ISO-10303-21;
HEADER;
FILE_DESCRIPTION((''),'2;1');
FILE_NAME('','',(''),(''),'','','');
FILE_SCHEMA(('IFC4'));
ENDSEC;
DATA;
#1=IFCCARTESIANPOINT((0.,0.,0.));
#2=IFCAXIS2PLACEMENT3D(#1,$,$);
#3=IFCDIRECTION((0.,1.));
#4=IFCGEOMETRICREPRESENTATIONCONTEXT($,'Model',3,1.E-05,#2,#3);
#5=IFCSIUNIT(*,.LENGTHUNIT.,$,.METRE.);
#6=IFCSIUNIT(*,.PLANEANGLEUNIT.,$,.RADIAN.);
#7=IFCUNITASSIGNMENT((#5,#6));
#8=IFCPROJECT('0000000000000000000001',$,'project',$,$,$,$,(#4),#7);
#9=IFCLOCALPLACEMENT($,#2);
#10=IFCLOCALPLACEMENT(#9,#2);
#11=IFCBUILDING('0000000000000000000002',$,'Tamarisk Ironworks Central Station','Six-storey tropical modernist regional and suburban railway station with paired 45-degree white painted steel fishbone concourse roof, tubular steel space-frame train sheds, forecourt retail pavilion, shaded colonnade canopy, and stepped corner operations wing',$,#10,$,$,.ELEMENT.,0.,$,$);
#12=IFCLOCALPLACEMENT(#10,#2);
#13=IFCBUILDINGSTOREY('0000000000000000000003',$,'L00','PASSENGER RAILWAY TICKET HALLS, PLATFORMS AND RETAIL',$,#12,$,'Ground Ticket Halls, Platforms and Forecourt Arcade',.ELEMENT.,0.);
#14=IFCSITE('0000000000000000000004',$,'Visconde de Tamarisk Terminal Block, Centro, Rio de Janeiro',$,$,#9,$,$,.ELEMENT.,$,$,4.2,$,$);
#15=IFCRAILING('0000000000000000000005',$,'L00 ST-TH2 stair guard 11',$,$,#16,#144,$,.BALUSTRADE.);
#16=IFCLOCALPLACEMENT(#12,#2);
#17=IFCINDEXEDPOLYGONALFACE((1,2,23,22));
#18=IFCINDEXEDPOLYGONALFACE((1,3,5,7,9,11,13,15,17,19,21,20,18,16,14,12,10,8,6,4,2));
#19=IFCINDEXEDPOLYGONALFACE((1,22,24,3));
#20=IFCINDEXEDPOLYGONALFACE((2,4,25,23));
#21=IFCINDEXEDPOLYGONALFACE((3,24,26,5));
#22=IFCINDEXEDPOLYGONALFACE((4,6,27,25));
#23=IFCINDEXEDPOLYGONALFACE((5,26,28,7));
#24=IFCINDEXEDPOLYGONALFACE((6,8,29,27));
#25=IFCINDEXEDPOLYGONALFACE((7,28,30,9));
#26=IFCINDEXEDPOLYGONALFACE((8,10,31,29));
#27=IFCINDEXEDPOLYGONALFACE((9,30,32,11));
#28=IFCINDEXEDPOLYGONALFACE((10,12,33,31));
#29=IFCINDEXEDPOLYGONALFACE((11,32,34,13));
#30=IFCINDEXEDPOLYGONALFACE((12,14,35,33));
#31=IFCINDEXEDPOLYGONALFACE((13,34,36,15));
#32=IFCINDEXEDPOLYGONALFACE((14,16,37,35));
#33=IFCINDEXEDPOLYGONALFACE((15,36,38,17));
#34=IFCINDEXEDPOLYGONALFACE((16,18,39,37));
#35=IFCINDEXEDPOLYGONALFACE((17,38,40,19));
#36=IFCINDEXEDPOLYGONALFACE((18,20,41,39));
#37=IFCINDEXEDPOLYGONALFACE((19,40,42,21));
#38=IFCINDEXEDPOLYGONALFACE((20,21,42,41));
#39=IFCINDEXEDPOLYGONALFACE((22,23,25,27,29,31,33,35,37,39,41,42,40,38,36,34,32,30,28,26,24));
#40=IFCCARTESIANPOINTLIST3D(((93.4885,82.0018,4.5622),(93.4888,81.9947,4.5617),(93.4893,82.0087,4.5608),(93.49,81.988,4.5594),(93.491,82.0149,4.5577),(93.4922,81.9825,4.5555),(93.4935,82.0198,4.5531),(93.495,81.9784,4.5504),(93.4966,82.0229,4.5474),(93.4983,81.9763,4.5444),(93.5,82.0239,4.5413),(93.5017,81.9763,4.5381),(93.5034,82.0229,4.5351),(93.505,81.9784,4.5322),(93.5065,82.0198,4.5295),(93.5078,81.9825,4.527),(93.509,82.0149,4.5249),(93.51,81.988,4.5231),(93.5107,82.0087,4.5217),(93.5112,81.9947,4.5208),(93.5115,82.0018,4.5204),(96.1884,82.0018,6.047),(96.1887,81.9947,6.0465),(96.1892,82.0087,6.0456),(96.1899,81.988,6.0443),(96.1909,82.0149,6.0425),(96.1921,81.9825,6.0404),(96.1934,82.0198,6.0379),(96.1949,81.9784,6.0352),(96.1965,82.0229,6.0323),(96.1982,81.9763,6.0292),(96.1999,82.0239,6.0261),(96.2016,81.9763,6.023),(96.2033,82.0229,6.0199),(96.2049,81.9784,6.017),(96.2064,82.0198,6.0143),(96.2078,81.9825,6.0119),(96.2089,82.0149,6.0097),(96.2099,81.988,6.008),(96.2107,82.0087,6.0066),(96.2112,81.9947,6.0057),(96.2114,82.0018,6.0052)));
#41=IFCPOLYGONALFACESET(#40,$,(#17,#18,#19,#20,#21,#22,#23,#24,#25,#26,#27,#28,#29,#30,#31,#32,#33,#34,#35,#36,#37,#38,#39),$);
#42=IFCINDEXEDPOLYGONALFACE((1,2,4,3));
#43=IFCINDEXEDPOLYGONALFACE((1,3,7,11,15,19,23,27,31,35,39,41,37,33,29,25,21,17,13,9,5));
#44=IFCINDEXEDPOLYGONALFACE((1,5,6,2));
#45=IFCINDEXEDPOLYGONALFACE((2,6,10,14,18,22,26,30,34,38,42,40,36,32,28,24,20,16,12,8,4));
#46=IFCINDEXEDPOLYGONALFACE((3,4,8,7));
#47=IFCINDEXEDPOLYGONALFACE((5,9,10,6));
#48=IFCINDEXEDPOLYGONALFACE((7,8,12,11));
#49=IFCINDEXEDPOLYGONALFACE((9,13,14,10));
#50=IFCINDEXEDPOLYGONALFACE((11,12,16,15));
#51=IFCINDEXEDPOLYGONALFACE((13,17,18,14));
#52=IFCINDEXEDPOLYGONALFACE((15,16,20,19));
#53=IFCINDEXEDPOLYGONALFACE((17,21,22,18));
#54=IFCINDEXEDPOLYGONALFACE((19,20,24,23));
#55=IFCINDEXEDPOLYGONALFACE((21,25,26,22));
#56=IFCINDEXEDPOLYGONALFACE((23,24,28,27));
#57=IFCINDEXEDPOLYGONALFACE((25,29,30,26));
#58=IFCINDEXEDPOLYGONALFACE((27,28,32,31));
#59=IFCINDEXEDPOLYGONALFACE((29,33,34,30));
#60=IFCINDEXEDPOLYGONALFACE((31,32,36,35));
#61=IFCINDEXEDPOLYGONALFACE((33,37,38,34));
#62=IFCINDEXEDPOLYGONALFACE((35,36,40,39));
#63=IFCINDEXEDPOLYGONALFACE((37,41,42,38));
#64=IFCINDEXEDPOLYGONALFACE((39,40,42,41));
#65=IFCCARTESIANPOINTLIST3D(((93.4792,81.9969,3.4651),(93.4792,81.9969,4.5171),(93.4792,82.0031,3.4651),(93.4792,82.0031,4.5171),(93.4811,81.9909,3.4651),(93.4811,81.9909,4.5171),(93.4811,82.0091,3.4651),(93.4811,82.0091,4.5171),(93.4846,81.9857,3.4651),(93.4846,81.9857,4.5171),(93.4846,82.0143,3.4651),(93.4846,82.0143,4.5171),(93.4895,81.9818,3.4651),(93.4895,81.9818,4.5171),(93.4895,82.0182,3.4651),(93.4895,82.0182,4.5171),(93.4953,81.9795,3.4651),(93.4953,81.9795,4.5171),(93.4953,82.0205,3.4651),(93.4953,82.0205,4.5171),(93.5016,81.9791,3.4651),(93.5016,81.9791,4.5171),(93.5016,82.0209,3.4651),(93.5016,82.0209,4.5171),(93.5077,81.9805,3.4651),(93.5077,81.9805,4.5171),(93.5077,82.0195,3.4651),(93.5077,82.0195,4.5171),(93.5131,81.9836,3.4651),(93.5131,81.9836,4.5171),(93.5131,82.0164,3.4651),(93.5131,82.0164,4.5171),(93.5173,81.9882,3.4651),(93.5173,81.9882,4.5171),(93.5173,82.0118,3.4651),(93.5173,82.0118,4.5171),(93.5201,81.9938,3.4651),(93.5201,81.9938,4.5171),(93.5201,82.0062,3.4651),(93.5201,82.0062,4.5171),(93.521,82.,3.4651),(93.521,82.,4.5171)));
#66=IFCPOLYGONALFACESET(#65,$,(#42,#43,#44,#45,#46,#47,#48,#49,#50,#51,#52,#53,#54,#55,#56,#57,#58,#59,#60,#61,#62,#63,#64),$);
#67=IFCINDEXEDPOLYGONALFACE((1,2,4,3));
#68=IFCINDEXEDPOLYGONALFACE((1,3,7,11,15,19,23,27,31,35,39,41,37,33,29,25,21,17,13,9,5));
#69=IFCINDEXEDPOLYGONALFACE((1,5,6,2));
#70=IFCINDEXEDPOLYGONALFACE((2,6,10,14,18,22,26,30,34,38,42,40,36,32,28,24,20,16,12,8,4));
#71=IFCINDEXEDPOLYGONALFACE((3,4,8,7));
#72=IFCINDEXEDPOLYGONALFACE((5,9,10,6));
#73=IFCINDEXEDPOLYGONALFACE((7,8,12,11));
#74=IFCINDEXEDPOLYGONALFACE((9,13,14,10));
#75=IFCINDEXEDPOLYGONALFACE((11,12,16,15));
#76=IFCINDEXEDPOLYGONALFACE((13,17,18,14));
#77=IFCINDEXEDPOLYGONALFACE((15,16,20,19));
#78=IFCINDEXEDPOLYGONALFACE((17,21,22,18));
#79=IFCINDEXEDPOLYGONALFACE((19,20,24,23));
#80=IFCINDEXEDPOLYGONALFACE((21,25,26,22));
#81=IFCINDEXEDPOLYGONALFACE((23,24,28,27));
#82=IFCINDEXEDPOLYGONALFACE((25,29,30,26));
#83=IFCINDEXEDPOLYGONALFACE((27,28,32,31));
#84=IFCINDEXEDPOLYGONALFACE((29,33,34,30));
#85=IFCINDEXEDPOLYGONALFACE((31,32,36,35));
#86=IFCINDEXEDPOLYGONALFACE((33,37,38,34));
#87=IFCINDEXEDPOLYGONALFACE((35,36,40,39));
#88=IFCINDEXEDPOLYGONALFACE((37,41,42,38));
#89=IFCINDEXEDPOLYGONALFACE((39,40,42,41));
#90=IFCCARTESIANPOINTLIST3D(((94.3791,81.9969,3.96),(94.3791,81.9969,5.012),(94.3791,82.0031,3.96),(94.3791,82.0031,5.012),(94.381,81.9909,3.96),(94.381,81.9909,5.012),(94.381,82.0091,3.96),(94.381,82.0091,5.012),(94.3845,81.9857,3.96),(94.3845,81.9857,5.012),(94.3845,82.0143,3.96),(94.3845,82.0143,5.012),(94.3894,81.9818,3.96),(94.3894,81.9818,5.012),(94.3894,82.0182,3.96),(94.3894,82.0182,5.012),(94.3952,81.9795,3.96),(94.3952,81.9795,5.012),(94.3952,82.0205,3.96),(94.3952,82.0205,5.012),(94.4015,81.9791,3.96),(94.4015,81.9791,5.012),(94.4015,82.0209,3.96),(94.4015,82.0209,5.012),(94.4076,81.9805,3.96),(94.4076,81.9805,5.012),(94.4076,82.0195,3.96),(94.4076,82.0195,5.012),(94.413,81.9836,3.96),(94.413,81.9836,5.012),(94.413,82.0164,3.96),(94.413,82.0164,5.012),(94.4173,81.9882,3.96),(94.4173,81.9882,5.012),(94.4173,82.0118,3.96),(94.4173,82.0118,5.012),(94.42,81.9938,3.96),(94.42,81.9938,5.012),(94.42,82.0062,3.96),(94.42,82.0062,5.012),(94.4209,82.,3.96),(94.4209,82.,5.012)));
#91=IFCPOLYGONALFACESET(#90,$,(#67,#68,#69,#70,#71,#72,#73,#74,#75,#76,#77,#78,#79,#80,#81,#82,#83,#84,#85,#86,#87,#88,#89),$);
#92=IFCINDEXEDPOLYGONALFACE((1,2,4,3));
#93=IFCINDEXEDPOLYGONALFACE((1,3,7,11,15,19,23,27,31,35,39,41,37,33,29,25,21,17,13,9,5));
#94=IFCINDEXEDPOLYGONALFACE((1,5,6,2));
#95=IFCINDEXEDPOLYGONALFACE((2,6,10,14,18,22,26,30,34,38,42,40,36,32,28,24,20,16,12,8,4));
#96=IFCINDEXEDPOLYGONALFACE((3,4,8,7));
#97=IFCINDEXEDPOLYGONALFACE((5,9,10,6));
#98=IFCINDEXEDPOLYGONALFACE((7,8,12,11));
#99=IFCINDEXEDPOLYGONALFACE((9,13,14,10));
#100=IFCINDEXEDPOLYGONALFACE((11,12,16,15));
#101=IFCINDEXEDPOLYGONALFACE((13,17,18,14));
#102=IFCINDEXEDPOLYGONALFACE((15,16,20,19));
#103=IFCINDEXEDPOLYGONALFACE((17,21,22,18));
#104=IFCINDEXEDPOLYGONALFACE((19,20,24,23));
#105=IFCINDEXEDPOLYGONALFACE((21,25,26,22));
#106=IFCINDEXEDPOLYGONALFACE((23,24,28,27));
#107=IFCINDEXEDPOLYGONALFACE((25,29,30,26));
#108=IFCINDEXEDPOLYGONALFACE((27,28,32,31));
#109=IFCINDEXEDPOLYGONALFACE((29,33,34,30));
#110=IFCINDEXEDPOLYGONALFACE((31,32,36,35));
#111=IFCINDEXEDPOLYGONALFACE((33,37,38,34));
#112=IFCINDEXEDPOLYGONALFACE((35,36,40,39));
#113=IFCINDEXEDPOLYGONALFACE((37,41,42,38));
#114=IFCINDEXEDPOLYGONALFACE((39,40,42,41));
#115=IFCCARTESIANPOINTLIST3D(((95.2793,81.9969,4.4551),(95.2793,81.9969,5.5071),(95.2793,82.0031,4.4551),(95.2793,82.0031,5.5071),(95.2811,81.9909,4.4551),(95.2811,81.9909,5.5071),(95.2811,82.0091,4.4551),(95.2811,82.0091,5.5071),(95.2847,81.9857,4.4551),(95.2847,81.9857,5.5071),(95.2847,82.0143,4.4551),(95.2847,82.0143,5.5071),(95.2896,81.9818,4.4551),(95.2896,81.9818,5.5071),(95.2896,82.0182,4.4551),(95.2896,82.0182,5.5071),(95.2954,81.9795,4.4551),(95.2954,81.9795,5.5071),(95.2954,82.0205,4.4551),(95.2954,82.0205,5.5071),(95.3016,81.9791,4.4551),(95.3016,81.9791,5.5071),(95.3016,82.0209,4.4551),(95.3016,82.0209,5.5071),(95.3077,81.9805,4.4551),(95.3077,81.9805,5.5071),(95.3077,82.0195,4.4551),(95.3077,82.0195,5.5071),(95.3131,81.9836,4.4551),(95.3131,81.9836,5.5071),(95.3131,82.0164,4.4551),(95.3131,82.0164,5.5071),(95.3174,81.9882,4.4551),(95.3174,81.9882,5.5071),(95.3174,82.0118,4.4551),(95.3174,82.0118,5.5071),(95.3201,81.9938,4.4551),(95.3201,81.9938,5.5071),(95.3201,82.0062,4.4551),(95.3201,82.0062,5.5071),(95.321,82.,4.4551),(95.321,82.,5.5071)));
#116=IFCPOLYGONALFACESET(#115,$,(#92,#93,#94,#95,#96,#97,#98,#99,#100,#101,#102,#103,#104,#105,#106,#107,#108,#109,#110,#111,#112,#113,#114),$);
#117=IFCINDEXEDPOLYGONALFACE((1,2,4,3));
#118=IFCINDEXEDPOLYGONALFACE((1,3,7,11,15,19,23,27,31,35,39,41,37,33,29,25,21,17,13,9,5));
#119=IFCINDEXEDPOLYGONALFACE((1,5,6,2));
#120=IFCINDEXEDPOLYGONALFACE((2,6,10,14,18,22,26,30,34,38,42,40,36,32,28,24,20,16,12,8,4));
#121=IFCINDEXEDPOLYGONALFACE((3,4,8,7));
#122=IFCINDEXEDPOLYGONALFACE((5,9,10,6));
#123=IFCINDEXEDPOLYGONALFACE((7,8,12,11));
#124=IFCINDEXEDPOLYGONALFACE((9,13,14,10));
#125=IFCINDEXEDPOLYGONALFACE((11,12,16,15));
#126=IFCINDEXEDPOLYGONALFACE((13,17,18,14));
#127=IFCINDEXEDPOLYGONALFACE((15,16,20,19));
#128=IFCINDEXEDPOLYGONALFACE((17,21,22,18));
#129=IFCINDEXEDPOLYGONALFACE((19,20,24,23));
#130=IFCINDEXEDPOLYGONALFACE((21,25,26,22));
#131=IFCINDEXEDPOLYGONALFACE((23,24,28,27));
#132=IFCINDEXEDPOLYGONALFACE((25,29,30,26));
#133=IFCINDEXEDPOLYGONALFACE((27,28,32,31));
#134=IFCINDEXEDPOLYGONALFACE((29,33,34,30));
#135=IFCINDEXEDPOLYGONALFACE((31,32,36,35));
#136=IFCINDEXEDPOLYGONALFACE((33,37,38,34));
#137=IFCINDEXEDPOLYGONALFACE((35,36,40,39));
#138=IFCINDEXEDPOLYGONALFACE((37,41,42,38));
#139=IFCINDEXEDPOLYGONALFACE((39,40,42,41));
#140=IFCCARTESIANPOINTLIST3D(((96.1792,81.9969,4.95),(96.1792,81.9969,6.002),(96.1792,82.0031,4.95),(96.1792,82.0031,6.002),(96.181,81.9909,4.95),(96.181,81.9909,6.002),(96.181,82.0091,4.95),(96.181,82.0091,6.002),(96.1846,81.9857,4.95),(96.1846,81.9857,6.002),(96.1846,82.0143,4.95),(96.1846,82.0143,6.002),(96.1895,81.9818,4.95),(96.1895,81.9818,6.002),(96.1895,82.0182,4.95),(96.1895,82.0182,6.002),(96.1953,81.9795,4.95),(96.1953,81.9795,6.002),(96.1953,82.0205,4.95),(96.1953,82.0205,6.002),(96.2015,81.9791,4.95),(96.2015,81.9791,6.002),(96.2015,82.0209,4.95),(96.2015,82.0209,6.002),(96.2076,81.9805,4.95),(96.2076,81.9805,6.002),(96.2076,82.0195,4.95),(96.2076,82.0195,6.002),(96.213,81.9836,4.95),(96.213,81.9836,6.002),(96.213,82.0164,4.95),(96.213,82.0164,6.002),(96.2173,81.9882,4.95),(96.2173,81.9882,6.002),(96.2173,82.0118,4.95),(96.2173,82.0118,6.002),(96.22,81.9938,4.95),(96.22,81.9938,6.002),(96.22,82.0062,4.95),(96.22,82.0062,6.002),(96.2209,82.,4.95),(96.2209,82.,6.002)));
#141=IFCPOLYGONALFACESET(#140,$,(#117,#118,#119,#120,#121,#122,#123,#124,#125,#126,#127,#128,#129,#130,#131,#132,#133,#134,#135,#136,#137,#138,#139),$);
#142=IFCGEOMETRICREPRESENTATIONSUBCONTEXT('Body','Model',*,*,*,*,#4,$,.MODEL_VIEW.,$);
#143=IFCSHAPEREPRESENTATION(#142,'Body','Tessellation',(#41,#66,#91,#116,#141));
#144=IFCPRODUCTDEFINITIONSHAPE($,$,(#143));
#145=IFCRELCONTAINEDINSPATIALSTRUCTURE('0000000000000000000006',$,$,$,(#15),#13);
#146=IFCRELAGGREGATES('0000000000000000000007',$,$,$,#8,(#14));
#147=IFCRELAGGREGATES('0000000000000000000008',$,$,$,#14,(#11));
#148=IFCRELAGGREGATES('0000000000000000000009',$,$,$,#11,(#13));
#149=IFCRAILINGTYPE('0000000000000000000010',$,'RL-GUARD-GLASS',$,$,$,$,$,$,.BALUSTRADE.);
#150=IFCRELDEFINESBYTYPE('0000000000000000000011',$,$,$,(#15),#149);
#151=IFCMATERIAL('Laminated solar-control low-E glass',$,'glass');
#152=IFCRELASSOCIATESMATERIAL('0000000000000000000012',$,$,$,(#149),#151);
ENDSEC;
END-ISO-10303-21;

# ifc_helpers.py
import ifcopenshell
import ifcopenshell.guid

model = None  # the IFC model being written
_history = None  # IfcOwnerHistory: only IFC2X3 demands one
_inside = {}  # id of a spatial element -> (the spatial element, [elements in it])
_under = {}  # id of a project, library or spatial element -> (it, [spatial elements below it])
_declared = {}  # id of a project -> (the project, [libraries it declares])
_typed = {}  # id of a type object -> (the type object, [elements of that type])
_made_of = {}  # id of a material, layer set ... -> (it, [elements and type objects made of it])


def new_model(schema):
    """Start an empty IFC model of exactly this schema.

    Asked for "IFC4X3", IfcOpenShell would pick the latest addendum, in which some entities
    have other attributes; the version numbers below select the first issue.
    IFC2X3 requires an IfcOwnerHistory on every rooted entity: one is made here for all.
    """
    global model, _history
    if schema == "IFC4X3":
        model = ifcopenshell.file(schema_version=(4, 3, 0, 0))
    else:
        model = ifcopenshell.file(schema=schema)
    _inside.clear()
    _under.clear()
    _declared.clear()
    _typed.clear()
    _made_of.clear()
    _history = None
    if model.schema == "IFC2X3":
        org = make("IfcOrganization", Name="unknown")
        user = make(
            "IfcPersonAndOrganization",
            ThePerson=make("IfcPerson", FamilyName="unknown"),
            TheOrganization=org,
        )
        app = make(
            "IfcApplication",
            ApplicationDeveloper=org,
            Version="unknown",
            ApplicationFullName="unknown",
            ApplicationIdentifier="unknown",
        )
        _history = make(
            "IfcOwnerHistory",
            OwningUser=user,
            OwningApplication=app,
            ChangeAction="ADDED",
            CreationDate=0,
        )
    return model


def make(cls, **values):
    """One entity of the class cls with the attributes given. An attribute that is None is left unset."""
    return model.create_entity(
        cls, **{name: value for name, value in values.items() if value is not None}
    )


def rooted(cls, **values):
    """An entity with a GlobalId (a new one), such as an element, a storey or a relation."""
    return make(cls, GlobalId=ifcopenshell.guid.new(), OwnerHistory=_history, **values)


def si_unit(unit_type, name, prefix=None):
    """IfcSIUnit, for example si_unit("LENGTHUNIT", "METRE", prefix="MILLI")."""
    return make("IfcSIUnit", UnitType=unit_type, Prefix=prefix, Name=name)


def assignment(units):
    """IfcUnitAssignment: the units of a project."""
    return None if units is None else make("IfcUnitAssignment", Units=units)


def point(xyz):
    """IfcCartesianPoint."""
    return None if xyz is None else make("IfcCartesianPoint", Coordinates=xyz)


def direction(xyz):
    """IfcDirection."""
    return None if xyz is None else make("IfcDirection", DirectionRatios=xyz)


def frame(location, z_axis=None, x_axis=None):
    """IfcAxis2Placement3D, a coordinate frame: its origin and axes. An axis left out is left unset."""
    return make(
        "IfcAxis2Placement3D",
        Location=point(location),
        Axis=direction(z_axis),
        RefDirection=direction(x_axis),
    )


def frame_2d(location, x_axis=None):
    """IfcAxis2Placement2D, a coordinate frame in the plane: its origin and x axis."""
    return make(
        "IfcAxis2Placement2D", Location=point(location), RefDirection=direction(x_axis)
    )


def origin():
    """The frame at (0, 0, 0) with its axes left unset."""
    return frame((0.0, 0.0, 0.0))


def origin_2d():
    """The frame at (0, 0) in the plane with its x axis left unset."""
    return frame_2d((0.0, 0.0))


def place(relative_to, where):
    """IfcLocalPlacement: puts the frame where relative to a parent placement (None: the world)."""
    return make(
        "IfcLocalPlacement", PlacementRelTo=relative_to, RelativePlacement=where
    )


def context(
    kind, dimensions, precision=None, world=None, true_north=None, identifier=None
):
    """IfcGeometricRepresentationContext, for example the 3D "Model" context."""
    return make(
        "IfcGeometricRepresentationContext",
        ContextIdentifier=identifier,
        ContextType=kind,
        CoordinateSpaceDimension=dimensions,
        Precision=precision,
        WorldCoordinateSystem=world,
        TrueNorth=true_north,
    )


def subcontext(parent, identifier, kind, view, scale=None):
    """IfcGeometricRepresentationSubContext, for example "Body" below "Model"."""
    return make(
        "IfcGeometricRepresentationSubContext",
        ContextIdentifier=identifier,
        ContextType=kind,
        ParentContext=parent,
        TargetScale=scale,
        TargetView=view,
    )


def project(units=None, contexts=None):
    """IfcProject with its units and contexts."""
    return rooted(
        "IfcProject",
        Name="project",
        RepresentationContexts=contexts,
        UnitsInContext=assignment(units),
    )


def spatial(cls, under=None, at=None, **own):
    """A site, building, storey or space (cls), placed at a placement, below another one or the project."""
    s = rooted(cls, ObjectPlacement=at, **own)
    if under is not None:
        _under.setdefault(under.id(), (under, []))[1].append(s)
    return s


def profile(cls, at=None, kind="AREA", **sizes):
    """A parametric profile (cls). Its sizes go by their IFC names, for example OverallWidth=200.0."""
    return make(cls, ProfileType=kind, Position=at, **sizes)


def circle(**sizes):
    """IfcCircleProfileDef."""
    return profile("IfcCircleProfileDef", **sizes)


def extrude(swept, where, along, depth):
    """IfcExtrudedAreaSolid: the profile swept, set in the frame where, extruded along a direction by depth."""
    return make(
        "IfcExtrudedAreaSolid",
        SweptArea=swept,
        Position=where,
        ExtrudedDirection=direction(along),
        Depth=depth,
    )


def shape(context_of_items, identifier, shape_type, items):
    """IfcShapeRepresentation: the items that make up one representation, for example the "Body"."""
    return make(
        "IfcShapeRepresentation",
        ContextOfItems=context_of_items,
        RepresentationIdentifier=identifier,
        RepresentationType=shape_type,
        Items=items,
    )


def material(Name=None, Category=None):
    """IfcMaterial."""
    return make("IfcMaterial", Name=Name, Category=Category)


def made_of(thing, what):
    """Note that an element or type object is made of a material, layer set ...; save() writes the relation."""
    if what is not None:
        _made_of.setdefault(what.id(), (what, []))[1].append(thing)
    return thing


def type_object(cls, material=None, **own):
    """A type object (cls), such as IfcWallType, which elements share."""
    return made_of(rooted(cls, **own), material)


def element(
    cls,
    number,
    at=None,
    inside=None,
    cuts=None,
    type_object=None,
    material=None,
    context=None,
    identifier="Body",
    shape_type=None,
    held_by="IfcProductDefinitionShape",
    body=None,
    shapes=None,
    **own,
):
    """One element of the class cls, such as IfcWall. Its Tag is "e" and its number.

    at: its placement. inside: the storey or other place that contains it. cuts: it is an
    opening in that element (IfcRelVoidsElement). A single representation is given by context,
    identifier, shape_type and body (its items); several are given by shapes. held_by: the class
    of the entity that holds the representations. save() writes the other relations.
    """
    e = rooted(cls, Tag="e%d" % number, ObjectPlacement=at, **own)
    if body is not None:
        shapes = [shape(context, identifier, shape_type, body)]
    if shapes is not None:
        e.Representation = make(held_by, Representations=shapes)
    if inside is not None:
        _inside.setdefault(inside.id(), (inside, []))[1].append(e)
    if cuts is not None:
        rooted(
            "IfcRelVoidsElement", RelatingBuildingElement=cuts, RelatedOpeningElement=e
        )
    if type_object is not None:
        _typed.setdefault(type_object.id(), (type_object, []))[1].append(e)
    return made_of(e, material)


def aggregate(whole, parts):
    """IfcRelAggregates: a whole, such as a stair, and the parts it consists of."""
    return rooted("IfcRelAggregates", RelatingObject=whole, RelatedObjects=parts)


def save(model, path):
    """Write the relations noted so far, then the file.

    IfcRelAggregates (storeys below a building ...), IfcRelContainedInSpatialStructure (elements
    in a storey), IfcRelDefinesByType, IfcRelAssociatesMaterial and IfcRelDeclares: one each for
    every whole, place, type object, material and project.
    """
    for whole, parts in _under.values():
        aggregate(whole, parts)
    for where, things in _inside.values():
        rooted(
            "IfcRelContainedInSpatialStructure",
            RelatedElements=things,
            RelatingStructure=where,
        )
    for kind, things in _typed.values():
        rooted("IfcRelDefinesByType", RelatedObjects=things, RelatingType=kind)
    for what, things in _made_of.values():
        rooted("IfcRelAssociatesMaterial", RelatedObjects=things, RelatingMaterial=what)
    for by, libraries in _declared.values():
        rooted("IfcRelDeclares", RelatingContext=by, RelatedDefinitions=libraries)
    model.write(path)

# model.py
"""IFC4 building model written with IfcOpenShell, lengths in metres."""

from ifc_helpers import new_model, si_unit, direction, frame, origin, origin_2d, place, context, subcontext, project, spatial, circle, extrude, material, type_object, element, save


model = new_model("IFC4")

# Units and contexts
model_context = context("Model", 3, precision=1e-05, world=origin(), true_north=direction((0.0, 1.0)))
body_context = subcontext(model_context, "Body", "Model", "MODEL_VIEW")
ifc_project = project(units=[si_unit("LENGTHUNIT", "METRE"), si_unit("PLANEANGLEUNIT", "RADIAN")], contexts=[model_context])

# Site, building, storey
site_placement = place(None, origin())
site = spatial("IfcSite", under=ifc_project, at=site_placement, Name="Visconde de Tamarisk Terminal Block, Centro, Rio de Janeiro", CompositionType="ELEMENT", RefElevation=4.2)
building_placement = place(site_placement, origin())
building = spatial("IfcBuilding", under=site, at=building_placement, Name="Tamarisk Ironworks Central Station", Description="Six-storey tropical modernist regional and suburban railway station with paired 45-degree white painted steel fishbone concourse roof, tubular steel space-frame train sheds, forecourt retail pavilion, shaded colonnade canopy, and stepped corner operations wing", CompositionType="ELEMENT", ElevationOfRefHeight=0.0)
storey_placement = place(building_placement, origin())
storey = spatial("IfcBuildingStorey", under=building, at=storey_placement, Name="L00", Description="PASSENGER RAILWAY TICKET HALLS, PLATFORMS AND RETAIL", LongName="Ground Ticket Halls, Platforms and Forecourt Arcade", CompositionType="ELEMENT", Elevation=0.0)

# Railing
ifc_material_1 = material(Name="Laminated solar-control low-E glass", Category="glass")
railing_type_1 = type_object("IfcRailingType", Name="RL-GUARD-GLASS", PredefinedType="BALUSTRADE", material=ifc_material_1)
railing_1_placement = place(storey_placement, frame((93.5, 82.0, 3.4651)))
element("IfcRailing", 1, at=railing_1_placement, inside=storey, type_object=railing_type_1, Name="L00 ST-TH2 stair guard 11", PredefinedType="BALUSTRADE", context=body_context, shape_type="SweptSolid", body=[
    extrude(circle(Radius=0.0239, at=origin_2d()), frame((0.0, 0.0, 1.0762), z_axis=(0.876231, 0.0, 0.481891), x_axis=(0.0, 1.0, 0.0)), (0.0, 0.0, 1.0), 3.0813),
    extrude(circle(Radius=0.021, at=origin_2d()), origin(), (0.0, 0.0, 1.0), 1.052),
    extrude(circle(Radius=0.021, at=origin_2d()), frame((0.8999, 0.0, 0.4949)), (0.0, 0.0, 1.0), 1.052),
    extrude(circle(Radius=0.021, at=origin_2d()), frame((1.8, 0.0, 0.99)), (0.0, 0.0, 1.0), 1.052),
    extrude(circle(Radius=0.021, at=origin_2d()), frame((2.7, 0.0, 1.4849)), (0.0, 0.0, 1.0), 1.052),
])

save(model, "model.ifc")
